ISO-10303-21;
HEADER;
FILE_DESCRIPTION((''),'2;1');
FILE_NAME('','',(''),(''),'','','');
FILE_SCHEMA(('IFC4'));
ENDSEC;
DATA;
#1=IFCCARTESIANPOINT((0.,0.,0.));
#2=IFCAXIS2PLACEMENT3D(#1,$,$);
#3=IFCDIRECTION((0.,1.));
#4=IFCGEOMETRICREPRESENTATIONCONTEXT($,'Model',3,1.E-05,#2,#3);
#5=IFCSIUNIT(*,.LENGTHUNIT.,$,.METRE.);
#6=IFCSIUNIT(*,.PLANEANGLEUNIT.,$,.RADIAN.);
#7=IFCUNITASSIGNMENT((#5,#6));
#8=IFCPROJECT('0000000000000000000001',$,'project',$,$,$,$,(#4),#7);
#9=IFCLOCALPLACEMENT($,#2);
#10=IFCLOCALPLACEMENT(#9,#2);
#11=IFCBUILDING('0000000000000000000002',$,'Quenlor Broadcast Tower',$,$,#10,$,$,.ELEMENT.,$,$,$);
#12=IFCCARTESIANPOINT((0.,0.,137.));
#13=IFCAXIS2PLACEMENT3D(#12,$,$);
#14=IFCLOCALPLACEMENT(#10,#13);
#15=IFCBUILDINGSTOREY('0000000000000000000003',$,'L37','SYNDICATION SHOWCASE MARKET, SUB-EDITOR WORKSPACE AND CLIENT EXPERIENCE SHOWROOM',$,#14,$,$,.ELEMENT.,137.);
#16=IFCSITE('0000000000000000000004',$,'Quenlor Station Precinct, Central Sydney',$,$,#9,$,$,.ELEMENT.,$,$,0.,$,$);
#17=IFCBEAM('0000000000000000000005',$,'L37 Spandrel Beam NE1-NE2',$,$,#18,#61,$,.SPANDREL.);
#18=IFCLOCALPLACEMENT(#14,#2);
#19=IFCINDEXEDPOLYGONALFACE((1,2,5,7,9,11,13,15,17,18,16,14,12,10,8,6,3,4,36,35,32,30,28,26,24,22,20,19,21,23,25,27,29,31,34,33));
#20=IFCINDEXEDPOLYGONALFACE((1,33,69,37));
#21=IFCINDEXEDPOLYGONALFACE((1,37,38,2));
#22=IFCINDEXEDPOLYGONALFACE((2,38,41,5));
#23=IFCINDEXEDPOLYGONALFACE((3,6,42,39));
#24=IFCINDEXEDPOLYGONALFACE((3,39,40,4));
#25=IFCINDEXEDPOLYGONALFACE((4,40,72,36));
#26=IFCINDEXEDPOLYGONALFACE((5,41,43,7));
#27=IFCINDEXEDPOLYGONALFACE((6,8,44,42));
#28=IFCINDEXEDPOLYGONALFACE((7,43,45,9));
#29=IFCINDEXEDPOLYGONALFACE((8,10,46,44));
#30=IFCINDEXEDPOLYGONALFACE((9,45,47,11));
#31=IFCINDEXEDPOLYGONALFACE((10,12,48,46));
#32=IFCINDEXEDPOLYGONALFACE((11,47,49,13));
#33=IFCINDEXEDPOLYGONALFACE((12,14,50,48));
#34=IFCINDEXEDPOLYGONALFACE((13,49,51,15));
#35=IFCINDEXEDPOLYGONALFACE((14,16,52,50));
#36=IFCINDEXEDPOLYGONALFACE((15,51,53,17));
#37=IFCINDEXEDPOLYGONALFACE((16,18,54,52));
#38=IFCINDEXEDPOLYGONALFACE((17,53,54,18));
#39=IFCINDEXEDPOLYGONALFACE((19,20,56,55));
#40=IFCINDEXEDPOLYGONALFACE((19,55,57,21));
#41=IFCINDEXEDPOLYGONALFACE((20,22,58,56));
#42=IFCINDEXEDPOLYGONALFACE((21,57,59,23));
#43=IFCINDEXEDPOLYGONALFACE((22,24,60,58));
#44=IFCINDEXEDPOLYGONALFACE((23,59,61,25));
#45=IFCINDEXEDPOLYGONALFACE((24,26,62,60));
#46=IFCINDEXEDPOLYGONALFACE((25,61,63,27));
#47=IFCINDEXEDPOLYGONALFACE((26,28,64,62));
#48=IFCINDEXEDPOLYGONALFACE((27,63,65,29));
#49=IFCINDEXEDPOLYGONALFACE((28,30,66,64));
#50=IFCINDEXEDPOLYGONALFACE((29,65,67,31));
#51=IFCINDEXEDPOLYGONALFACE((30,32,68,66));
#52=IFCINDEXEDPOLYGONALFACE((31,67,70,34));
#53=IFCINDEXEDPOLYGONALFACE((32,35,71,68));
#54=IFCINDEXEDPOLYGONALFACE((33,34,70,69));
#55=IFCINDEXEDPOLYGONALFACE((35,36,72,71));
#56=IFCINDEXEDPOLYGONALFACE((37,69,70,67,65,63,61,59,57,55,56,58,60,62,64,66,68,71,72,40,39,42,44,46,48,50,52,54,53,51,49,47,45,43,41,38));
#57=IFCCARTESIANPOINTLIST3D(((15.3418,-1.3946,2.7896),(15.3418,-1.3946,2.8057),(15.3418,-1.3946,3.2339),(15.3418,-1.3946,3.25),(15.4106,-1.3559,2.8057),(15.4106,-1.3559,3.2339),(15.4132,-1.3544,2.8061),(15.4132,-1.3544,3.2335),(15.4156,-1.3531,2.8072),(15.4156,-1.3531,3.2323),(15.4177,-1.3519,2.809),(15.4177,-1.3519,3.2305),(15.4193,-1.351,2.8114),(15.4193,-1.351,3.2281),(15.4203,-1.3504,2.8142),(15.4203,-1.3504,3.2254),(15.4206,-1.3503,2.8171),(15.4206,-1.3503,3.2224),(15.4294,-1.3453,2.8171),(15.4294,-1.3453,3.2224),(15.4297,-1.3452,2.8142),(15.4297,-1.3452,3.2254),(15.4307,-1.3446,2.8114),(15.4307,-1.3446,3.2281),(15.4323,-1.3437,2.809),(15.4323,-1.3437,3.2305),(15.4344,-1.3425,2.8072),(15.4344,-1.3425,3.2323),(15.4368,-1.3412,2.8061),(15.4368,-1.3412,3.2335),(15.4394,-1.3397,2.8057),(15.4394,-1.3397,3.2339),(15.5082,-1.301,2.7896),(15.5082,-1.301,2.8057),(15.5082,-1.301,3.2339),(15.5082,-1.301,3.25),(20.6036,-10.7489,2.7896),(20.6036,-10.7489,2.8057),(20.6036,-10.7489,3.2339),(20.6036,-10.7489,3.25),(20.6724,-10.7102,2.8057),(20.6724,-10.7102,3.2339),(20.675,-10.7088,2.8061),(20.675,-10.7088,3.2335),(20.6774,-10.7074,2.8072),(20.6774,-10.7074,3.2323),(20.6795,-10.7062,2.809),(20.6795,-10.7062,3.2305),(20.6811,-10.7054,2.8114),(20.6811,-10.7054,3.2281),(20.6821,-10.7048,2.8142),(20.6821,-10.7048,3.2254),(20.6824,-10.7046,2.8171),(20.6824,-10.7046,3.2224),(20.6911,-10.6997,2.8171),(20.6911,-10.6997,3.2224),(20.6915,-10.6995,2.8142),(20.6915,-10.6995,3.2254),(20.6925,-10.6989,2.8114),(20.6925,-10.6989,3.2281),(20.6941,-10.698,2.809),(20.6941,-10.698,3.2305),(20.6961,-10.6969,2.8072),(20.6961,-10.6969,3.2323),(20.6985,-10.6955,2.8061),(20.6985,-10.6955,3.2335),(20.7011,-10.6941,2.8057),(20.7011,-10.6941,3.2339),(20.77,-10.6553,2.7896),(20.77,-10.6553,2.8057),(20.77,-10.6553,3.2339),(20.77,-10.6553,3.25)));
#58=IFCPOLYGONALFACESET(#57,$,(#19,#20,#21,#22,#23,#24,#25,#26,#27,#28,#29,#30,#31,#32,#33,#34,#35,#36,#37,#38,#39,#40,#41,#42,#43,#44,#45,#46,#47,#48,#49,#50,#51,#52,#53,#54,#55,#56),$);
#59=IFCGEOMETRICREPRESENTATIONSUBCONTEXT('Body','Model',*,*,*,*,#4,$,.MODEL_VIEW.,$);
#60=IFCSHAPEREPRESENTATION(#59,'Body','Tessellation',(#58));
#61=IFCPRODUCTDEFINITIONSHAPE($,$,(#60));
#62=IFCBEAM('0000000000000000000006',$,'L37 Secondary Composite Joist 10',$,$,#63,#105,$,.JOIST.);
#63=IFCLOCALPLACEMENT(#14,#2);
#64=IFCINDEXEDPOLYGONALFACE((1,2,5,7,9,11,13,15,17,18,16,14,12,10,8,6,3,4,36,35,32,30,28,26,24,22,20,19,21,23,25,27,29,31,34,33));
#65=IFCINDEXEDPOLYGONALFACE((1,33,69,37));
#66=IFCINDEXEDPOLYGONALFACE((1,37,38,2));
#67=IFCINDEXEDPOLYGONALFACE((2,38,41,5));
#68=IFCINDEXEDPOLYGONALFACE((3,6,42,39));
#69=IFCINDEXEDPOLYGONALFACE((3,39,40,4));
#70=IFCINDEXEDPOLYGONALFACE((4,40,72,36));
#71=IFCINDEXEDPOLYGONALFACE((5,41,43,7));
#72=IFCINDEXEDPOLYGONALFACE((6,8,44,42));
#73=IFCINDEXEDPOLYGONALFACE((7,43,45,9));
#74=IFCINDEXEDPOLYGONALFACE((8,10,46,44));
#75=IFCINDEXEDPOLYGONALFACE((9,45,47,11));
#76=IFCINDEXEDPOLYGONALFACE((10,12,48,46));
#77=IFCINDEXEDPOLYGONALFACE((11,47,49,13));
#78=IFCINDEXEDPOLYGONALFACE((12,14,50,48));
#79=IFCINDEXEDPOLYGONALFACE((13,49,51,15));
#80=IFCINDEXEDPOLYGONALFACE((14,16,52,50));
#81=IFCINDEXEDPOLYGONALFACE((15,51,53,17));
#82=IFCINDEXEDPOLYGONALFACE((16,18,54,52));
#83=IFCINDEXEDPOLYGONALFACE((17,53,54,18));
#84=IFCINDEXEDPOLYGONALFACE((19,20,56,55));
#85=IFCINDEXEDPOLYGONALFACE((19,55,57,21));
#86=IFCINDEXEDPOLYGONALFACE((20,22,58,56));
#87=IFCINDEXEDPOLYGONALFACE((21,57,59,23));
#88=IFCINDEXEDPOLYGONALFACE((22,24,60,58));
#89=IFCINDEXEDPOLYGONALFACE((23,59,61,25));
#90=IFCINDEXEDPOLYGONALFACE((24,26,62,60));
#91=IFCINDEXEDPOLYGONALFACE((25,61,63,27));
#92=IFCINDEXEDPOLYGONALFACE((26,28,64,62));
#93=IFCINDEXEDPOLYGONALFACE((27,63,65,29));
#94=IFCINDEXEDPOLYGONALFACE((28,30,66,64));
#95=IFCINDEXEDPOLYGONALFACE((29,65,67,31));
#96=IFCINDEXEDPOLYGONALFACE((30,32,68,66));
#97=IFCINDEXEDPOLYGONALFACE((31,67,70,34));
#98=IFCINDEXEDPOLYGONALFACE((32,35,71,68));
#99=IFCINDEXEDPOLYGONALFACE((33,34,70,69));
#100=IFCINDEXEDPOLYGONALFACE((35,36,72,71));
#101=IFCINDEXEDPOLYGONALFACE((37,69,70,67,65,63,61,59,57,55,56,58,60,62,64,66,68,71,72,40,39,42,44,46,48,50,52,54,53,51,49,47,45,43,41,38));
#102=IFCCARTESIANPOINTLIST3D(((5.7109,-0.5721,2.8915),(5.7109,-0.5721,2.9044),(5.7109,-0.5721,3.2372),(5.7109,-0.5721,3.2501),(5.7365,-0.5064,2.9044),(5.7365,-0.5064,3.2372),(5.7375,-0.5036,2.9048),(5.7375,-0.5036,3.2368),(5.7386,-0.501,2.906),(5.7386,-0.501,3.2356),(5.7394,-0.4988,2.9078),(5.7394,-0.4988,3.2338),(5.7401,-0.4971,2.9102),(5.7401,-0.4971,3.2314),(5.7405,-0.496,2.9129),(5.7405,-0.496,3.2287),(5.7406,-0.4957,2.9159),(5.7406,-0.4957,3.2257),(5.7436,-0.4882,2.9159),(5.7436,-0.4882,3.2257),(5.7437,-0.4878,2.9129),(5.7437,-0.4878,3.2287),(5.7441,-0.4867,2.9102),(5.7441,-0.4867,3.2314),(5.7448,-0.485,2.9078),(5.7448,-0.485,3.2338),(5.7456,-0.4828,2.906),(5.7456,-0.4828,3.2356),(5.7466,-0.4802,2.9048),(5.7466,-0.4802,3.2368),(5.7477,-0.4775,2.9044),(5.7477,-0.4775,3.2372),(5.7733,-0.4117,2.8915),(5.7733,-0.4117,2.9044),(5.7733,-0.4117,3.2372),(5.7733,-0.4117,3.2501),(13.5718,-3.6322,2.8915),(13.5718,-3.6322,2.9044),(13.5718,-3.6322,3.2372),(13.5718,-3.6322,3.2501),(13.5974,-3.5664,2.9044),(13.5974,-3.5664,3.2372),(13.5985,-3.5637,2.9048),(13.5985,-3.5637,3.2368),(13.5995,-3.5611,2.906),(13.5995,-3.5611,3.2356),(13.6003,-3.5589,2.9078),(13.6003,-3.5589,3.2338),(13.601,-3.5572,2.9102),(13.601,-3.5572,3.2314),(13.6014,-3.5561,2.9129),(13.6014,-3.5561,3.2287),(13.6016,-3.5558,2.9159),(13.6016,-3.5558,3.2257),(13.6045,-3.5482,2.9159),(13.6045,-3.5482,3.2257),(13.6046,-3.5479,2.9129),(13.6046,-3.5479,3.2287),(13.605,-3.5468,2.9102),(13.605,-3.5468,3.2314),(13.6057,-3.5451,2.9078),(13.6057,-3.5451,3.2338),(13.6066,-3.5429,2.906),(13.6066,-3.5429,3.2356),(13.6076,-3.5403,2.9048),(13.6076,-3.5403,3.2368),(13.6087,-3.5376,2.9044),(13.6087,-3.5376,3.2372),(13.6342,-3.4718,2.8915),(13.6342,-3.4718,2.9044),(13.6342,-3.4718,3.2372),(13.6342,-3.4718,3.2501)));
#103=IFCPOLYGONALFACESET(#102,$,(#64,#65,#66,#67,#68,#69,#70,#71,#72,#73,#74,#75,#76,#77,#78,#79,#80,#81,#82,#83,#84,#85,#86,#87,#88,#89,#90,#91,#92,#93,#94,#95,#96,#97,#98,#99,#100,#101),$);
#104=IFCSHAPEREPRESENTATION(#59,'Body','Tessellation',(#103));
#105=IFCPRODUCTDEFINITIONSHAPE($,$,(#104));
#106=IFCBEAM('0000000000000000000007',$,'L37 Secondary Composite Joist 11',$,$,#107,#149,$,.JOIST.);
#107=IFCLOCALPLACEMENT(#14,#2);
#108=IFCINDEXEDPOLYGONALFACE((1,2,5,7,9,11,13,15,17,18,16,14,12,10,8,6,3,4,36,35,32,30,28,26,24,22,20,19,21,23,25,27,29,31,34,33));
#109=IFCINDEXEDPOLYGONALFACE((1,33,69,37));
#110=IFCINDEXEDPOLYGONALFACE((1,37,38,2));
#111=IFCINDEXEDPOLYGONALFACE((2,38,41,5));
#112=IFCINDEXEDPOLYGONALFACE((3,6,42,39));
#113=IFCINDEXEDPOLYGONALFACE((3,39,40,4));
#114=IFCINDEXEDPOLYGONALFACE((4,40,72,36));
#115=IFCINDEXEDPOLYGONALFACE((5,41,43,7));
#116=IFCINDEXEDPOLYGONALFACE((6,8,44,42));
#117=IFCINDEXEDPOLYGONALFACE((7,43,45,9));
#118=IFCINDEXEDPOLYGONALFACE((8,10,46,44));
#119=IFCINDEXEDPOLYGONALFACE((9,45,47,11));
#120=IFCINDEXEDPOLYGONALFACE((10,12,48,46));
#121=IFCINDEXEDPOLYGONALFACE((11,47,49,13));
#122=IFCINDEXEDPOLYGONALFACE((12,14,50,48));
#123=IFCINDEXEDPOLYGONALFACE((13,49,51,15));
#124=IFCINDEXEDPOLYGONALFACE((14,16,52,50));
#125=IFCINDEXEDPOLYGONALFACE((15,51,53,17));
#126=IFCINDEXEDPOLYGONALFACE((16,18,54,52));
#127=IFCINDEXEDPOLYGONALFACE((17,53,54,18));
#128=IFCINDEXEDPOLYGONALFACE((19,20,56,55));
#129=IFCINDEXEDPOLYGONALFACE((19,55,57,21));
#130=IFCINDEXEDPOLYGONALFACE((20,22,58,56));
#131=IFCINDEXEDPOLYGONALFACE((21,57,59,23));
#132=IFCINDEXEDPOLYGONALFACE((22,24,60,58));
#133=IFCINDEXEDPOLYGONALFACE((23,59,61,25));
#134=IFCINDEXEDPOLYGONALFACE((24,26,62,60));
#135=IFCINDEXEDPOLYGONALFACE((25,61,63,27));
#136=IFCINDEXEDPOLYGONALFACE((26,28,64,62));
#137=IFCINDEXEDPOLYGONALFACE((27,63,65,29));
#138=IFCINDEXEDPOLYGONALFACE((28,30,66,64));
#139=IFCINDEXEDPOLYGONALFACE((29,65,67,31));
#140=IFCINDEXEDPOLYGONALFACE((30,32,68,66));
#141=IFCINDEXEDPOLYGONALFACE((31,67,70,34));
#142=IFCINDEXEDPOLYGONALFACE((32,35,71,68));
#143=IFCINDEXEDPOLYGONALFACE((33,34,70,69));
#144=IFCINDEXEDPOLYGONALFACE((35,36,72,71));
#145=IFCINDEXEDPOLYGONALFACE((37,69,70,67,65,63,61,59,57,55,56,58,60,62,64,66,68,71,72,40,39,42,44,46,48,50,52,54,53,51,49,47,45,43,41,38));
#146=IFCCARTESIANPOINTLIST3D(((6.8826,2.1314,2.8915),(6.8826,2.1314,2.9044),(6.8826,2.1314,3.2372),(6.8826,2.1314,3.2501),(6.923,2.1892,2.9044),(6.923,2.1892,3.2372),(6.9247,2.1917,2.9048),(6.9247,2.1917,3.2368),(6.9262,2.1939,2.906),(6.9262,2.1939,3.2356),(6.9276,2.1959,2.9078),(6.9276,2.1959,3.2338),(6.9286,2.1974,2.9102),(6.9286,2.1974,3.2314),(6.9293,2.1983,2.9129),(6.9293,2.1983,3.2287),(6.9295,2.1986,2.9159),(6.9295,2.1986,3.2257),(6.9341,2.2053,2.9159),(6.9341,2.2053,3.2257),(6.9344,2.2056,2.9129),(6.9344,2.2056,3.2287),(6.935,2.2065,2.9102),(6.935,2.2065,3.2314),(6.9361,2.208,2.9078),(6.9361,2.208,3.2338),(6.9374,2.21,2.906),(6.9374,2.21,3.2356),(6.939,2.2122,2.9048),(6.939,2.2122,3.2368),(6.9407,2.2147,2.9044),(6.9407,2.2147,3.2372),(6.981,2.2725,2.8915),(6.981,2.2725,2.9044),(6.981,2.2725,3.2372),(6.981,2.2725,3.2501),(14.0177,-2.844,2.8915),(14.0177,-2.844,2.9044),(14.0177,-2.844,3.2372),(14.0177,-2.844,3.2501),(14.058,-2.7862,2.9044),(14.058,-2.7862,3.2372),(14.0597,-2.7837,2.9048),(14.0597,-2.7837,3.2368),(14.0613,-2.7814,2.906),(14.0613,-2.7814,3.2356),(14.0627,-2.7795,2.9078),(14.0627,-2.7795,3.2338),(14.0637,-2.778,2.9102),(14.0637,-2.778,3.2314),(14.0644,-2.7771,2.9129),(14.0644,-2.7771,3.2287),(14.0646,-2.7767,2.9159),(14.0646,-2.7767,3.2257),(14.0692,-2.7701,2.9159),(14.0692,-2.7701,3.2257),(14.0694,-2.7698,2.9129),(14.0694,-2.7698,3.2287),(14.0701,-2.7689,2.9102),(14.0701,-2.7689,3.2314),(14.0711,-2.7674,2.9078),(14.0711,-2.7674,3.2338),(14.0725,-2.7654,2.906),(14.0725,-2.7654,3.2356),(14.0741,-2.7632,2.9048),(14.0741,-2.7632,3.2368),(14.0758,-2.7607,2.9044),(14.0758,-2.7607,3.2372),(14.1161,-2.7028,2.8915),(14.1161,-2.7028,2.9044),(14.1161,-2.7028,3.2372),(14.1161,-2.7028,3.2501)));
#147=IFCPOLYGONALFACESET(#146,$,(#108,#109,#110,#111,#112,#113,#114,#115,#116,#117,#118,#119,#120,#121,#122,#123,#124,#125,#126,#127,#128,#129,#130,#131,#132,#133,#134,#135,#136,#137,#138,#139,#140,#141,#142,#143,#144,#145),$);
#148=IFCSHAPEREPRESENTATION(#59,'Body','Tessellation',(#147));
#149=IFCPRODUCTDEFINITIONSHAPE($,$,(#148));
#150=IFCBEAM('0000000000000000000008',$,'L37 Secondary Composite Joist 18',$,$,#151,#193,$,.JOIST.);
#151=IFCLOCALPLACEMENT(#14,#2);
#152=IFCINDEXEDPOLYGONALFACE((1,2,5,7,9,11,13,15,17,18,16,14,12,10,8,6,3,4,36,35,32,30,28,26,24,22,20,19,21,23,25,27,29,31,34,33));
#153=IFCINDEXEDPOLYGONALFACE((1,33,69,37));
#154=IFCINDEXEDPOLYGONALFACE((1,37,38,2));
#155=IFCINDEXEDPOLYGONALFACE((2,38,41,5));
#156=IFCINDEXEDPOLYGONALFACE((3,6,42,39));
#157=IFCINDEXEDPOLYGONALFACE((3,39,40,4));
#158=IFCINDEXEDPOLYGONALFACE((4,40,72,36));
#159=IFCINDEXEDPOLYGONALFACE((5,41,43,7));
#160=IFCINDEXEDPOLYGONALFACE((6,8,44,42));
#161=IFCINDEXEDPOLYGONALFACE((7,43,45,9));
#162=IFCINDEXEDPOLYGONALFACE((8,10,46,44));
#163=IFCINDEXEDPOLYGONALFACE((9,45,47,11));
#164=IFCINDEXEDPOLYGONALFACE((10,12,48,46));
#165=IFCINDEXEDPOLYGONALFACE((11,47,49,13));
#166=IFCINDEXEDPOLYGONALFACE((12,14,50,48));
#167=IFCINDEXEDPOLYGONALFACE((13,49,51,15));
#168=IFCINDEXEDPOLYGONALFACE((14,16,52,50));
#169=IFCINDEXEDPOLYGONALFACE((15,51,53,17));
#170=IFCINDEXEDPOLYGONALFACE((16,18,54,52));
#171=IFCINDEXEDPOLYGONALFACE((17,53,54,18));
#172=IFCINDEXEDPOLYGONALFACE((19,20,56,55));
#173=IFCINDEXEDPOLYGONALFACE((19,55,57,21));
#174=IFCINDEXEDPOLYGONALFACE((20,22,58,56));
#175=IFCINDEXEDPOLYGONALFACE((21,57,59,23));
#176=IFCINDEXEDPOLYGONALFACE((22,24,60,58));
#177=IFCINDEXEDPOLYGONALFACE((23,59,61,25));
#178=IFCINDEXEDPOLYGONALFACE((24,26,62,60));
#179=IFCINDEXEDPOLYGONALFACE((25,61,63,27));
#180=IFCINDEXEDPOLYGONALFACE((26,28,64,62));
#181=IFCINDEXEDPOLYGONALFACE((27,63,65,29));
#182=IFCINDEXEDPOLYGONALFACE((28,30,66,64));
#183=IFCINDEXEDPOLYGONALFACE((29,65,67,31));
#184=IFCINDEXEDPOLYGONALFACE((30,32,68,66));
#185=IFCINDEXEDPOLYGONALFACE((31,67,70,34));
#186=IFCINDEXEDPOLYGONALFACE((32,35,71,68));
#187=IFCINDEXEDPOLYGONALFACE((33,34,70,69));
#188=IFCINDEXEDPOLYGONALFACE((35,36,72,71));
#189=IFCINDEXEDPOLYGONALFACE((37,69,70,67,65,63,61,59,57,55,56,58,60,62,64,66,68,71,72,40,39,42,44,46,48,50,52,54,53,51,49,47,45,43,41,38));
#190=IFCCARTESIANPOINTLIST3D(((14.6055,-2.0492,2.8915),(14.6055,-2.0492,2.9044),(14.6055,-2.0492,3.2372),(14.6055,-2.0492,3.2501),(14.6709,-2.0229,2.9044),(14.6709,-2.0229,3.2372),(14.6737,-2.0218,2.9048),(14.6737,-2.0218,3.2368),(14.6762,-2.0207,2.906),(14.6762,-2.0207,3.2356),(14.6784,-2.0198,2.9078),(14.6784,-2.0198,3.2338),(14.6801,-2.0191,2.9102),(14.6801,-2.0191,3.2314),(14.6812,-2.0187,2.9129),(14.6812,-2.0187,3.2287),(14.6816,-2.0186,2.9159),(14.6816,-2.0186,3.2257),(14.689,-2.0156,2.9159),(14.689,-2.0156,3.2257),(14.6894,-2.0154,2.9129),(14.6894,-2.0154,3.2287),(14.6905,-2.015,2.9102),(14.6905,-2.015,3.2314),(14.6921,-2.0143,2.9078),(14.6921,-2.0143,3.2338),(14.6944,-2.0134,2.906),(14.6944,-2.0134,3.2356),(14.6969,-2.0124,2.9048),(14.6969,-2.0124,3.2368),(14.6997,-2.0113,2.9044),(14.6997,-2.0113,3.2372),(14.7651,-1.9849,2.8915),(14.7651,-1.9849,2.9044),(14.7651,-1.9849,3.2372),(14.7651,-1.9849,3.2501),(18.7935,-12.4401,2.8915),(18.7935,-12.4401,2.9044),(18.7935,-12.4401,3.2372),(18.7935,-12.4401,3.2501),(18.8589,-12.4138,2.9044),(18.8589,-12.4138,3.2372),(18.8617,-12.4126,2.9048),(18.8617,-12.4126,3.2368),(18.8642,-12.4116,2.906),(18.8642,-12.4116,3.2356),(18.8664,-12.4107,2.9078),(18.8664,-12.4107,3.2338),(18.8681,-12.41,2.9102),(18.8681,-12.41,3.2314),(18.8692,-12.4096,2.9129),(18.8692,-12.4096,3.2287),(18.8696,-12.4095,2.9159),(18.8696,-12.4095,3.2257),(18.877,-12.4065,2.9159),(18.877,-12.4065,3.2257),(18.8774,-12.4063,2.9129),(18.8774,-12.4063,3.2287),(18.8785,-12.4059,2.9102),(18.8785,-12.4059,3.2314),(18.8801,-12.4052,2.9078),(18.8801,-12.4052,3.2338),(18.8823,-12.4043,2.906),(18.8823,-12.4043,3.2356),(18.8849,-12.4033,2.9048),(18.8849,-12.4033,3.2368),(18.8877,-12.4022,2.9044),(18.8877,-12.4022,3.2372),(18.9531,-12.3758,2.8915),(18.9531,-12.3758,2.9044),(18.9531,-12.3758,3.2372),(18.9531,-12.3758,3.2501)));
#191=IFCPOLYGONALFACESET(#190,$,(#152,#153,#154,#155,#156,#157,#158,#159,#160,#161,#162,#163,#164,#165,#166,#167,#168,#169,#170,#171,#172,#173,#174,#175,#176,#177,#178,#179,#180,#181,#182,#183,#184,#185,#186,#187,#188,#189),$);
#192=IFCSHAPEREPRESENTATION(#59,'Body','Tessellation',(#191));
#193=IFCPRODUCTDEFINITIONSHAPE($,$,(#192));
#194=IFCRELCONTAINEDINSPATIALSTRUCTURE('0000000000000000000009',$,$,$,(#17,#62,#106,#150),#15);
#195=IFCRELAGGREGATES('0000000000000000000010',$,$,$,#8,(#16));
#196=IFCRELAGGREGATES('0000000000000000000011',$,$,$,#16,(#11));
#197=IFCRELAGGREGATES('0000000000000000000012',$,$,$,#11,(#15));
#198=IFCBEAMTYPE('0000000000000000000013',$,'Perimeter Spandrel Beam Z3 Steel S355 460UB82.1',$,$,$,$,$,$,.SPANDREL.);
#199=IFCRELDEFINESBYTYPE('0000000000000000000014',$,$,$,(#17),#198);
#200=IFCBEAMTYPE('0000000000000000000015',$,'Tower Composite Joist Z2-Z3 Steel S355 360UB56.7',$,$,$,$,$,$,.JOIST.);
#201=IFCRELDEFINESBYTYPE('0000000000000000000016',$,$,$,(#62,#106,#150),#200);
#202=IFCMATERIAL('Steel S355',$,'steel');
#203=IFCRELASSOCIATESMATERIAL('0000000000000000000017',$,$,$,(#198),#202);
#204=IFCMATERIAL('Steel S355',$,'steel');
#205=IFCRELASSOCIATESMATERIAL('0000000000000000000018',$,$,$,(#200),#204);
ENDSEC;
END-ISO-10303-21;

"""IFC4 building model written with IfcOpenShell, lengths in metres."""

from ifc_helpers import new_model, si_unit, direction, frame, origin, origin_2d, place, context, subcontext, project, spatial, i_section, extrude, material, material_profile, profile_set, type_object, element, save


model = new_model("IFC4")

# Units and contexts
model_context = context("Model", 3, precision=1e-05, world=origin(), true_north=direction((0.0, 1.0)))
body_context = subcontext(model_context, "Body", "Model", "MODEL_VIEW")
ifc_project = project(units=[si_unit("LENGTHUNIT", "METRE"), si_unit("PLANEANGLEUNIT", "RADIAN")], contexts=[model_context])

# Site, building, storey
site_placement = place(None, origin())
site = spatial("IfcSite", under=ifc_project, at=site_placement, Name="Quenlor Station Precinct, Central Sydney", CompositionType="ELEMENT", RefElevation=0.0)
building_placement = place(site_placement, origin())
building = spatial("IfcBuilding", under=site, at=building_placement, Name="Quenlor Broadcast Tower", CompositionType="ELEMENT")
storey_placement = place(building_placement, frame((0.0, 0.0, 137.0)))
storey = spatial("IfcBuildingStorey", under=building, at=storey_placement, Name="L37", Description="SYNDICATION SHOWCASE MARKET, SUB-EDITOR WORKSPACE AND CLIENT EXPERIENCE SHOWROOM", CompositionType="ELEMENT", Elevation=137.0)

# Beams
ifc_material_1 = material(Name="Steel S355", Category="steel")
ifc_material_profile_1 = material_profile(ifc_material_1, i_section(OverallWidth=0.1909, OverallDepth=0.4604, WebThickness=0.01, FlangeThickness=0.0161, FilletRadius=0.0115, at=origin_2d()))
ifc_profile_set_1 = profile_set([ifc_material_profile_1], Name="Steel S355 460UB82.1")
beam_type_1 = type_object("IfcBeamType", Name="Perimeter Spandrel Beam Z3 Steel S355 460UB82.1", PredefinedType="SPANDREL", material=ifc_profile_set_1)
beam_1_placement = place(storey_placement, frame((20.6868, -10.7021, 3.0198), z_axis=(-0.490258, 0.871577, 0.0), x_axis=(-0.871577, -0.490258, 0.0)))
element("IfcBeam", 1, at=beam_1_placement, inside=storey, type_object=beam_type_1, Name="L37 Spandrel Beam NE1-NE2", PredefinedType="SPANDREL", context=body_context, shape_type="SweptSolid", body=[
    extrude(i_section(OverallWidth=0.1909, OverallDepth=0.4604, WebThickness=0.01, FlangeThickness=0.0161, FilletRadius=0.0115, at=origin_2d()), origin(), (0.0, 0.0, 1.0), 10.7327),
])
ifc_material_2 = material(Name="Steel S355", Category="steel")
ifc_material_profile_2 = material_profile(ifc_material_2, i_section(OverallWidth=0.1721, OverallDepth=0.3586, WebThickness=0.0081, FlangeThickness=0.0129, FilletRadius=0.0115, at=origin_2d()))
ifc_profile_set_2 = profile_set([ifc_material_profile_2], Name="Steel S355 360UB56.7")
beam_type_2 = type_object("IfcBeamType", Name="Tower Composite Joist Z2-Z3 Steel S355 360UB56.7", PredefinedType="JOIST", material=ifc_profile_set_2)
beam_2_placement = place(storey_placement, frame((13.603, -3.552, 3.0708), z_axis=(-0.931882, 0.362762, 0.0), x_axis=(-0.362762, -0.931882, 0.0)))
element("IfcBeam", 2, at=beam_2_placement, inside=storey, type_object=beam_type_2, Name="L37 Secondary Composite Joist 10", PredefinedType="JOIST", context=body_context, shape_type="SweptSolid", body=[
    extrude(i_section(OverallWidth=0.1721, OverallDepth=0.3586, WebThickness=0.0081, FlangeThickness=0.0129, FilletRadius=0.0115, at=origin_2d()), origin(), (0.0, 0.0, 1.0), 8.4355),
])
beam_3_placement = place(storey_placement, frame((14.0669, -2.7734, 3.0708), z_axis=(-0.820266, 0.571983, 0.0), x_axis=(-0.571983, -0.820266, 0.0)))
element("IfcBeam", 3, at=beam_3_placement, inside=storey, type_object=beam_type_2, Name="L37 Secondary Composite Joist 11", PredefinedType="JOIST", context=body_context, shape_type="SweptSolid", body=[
    extrude(i_section(OverallWidth=0.1721, OverallDepth=0.3586, WebThickness=0.0081, FlangeThickness=0.0129, FilletRadius=0.0115, at=origin_2d()), origin(), (0.0, 0.0, 1.0), 8.6985),
])
beam_4_placement = place(storey_placement, frame((18.8733, -12.408, 3.0708), z_axis=(-0.373824, 0.9275, 0.0), x_axis=(-0.9275, -0.373824, 0.0)))
element("IfcBeam", 4, at=beam_4_placement, inside=storey, type_object=beam_type_2, Name="L37 Secondary Composite Joist 18", PredefinedType="JOIST", context=body_context, shape_type="SweptSolid", body=[
    extrude(i_section(OverallWidth=0.1721, OverallDepth=0.3586, WebThickness=0.0081, FlangeThickness=0.0129, FilletRadius=0.0115, at=origin_2d()), origin(), (0.0, 0.0, 1.0), 11.2031),
])

save(model, "model.ifc")
